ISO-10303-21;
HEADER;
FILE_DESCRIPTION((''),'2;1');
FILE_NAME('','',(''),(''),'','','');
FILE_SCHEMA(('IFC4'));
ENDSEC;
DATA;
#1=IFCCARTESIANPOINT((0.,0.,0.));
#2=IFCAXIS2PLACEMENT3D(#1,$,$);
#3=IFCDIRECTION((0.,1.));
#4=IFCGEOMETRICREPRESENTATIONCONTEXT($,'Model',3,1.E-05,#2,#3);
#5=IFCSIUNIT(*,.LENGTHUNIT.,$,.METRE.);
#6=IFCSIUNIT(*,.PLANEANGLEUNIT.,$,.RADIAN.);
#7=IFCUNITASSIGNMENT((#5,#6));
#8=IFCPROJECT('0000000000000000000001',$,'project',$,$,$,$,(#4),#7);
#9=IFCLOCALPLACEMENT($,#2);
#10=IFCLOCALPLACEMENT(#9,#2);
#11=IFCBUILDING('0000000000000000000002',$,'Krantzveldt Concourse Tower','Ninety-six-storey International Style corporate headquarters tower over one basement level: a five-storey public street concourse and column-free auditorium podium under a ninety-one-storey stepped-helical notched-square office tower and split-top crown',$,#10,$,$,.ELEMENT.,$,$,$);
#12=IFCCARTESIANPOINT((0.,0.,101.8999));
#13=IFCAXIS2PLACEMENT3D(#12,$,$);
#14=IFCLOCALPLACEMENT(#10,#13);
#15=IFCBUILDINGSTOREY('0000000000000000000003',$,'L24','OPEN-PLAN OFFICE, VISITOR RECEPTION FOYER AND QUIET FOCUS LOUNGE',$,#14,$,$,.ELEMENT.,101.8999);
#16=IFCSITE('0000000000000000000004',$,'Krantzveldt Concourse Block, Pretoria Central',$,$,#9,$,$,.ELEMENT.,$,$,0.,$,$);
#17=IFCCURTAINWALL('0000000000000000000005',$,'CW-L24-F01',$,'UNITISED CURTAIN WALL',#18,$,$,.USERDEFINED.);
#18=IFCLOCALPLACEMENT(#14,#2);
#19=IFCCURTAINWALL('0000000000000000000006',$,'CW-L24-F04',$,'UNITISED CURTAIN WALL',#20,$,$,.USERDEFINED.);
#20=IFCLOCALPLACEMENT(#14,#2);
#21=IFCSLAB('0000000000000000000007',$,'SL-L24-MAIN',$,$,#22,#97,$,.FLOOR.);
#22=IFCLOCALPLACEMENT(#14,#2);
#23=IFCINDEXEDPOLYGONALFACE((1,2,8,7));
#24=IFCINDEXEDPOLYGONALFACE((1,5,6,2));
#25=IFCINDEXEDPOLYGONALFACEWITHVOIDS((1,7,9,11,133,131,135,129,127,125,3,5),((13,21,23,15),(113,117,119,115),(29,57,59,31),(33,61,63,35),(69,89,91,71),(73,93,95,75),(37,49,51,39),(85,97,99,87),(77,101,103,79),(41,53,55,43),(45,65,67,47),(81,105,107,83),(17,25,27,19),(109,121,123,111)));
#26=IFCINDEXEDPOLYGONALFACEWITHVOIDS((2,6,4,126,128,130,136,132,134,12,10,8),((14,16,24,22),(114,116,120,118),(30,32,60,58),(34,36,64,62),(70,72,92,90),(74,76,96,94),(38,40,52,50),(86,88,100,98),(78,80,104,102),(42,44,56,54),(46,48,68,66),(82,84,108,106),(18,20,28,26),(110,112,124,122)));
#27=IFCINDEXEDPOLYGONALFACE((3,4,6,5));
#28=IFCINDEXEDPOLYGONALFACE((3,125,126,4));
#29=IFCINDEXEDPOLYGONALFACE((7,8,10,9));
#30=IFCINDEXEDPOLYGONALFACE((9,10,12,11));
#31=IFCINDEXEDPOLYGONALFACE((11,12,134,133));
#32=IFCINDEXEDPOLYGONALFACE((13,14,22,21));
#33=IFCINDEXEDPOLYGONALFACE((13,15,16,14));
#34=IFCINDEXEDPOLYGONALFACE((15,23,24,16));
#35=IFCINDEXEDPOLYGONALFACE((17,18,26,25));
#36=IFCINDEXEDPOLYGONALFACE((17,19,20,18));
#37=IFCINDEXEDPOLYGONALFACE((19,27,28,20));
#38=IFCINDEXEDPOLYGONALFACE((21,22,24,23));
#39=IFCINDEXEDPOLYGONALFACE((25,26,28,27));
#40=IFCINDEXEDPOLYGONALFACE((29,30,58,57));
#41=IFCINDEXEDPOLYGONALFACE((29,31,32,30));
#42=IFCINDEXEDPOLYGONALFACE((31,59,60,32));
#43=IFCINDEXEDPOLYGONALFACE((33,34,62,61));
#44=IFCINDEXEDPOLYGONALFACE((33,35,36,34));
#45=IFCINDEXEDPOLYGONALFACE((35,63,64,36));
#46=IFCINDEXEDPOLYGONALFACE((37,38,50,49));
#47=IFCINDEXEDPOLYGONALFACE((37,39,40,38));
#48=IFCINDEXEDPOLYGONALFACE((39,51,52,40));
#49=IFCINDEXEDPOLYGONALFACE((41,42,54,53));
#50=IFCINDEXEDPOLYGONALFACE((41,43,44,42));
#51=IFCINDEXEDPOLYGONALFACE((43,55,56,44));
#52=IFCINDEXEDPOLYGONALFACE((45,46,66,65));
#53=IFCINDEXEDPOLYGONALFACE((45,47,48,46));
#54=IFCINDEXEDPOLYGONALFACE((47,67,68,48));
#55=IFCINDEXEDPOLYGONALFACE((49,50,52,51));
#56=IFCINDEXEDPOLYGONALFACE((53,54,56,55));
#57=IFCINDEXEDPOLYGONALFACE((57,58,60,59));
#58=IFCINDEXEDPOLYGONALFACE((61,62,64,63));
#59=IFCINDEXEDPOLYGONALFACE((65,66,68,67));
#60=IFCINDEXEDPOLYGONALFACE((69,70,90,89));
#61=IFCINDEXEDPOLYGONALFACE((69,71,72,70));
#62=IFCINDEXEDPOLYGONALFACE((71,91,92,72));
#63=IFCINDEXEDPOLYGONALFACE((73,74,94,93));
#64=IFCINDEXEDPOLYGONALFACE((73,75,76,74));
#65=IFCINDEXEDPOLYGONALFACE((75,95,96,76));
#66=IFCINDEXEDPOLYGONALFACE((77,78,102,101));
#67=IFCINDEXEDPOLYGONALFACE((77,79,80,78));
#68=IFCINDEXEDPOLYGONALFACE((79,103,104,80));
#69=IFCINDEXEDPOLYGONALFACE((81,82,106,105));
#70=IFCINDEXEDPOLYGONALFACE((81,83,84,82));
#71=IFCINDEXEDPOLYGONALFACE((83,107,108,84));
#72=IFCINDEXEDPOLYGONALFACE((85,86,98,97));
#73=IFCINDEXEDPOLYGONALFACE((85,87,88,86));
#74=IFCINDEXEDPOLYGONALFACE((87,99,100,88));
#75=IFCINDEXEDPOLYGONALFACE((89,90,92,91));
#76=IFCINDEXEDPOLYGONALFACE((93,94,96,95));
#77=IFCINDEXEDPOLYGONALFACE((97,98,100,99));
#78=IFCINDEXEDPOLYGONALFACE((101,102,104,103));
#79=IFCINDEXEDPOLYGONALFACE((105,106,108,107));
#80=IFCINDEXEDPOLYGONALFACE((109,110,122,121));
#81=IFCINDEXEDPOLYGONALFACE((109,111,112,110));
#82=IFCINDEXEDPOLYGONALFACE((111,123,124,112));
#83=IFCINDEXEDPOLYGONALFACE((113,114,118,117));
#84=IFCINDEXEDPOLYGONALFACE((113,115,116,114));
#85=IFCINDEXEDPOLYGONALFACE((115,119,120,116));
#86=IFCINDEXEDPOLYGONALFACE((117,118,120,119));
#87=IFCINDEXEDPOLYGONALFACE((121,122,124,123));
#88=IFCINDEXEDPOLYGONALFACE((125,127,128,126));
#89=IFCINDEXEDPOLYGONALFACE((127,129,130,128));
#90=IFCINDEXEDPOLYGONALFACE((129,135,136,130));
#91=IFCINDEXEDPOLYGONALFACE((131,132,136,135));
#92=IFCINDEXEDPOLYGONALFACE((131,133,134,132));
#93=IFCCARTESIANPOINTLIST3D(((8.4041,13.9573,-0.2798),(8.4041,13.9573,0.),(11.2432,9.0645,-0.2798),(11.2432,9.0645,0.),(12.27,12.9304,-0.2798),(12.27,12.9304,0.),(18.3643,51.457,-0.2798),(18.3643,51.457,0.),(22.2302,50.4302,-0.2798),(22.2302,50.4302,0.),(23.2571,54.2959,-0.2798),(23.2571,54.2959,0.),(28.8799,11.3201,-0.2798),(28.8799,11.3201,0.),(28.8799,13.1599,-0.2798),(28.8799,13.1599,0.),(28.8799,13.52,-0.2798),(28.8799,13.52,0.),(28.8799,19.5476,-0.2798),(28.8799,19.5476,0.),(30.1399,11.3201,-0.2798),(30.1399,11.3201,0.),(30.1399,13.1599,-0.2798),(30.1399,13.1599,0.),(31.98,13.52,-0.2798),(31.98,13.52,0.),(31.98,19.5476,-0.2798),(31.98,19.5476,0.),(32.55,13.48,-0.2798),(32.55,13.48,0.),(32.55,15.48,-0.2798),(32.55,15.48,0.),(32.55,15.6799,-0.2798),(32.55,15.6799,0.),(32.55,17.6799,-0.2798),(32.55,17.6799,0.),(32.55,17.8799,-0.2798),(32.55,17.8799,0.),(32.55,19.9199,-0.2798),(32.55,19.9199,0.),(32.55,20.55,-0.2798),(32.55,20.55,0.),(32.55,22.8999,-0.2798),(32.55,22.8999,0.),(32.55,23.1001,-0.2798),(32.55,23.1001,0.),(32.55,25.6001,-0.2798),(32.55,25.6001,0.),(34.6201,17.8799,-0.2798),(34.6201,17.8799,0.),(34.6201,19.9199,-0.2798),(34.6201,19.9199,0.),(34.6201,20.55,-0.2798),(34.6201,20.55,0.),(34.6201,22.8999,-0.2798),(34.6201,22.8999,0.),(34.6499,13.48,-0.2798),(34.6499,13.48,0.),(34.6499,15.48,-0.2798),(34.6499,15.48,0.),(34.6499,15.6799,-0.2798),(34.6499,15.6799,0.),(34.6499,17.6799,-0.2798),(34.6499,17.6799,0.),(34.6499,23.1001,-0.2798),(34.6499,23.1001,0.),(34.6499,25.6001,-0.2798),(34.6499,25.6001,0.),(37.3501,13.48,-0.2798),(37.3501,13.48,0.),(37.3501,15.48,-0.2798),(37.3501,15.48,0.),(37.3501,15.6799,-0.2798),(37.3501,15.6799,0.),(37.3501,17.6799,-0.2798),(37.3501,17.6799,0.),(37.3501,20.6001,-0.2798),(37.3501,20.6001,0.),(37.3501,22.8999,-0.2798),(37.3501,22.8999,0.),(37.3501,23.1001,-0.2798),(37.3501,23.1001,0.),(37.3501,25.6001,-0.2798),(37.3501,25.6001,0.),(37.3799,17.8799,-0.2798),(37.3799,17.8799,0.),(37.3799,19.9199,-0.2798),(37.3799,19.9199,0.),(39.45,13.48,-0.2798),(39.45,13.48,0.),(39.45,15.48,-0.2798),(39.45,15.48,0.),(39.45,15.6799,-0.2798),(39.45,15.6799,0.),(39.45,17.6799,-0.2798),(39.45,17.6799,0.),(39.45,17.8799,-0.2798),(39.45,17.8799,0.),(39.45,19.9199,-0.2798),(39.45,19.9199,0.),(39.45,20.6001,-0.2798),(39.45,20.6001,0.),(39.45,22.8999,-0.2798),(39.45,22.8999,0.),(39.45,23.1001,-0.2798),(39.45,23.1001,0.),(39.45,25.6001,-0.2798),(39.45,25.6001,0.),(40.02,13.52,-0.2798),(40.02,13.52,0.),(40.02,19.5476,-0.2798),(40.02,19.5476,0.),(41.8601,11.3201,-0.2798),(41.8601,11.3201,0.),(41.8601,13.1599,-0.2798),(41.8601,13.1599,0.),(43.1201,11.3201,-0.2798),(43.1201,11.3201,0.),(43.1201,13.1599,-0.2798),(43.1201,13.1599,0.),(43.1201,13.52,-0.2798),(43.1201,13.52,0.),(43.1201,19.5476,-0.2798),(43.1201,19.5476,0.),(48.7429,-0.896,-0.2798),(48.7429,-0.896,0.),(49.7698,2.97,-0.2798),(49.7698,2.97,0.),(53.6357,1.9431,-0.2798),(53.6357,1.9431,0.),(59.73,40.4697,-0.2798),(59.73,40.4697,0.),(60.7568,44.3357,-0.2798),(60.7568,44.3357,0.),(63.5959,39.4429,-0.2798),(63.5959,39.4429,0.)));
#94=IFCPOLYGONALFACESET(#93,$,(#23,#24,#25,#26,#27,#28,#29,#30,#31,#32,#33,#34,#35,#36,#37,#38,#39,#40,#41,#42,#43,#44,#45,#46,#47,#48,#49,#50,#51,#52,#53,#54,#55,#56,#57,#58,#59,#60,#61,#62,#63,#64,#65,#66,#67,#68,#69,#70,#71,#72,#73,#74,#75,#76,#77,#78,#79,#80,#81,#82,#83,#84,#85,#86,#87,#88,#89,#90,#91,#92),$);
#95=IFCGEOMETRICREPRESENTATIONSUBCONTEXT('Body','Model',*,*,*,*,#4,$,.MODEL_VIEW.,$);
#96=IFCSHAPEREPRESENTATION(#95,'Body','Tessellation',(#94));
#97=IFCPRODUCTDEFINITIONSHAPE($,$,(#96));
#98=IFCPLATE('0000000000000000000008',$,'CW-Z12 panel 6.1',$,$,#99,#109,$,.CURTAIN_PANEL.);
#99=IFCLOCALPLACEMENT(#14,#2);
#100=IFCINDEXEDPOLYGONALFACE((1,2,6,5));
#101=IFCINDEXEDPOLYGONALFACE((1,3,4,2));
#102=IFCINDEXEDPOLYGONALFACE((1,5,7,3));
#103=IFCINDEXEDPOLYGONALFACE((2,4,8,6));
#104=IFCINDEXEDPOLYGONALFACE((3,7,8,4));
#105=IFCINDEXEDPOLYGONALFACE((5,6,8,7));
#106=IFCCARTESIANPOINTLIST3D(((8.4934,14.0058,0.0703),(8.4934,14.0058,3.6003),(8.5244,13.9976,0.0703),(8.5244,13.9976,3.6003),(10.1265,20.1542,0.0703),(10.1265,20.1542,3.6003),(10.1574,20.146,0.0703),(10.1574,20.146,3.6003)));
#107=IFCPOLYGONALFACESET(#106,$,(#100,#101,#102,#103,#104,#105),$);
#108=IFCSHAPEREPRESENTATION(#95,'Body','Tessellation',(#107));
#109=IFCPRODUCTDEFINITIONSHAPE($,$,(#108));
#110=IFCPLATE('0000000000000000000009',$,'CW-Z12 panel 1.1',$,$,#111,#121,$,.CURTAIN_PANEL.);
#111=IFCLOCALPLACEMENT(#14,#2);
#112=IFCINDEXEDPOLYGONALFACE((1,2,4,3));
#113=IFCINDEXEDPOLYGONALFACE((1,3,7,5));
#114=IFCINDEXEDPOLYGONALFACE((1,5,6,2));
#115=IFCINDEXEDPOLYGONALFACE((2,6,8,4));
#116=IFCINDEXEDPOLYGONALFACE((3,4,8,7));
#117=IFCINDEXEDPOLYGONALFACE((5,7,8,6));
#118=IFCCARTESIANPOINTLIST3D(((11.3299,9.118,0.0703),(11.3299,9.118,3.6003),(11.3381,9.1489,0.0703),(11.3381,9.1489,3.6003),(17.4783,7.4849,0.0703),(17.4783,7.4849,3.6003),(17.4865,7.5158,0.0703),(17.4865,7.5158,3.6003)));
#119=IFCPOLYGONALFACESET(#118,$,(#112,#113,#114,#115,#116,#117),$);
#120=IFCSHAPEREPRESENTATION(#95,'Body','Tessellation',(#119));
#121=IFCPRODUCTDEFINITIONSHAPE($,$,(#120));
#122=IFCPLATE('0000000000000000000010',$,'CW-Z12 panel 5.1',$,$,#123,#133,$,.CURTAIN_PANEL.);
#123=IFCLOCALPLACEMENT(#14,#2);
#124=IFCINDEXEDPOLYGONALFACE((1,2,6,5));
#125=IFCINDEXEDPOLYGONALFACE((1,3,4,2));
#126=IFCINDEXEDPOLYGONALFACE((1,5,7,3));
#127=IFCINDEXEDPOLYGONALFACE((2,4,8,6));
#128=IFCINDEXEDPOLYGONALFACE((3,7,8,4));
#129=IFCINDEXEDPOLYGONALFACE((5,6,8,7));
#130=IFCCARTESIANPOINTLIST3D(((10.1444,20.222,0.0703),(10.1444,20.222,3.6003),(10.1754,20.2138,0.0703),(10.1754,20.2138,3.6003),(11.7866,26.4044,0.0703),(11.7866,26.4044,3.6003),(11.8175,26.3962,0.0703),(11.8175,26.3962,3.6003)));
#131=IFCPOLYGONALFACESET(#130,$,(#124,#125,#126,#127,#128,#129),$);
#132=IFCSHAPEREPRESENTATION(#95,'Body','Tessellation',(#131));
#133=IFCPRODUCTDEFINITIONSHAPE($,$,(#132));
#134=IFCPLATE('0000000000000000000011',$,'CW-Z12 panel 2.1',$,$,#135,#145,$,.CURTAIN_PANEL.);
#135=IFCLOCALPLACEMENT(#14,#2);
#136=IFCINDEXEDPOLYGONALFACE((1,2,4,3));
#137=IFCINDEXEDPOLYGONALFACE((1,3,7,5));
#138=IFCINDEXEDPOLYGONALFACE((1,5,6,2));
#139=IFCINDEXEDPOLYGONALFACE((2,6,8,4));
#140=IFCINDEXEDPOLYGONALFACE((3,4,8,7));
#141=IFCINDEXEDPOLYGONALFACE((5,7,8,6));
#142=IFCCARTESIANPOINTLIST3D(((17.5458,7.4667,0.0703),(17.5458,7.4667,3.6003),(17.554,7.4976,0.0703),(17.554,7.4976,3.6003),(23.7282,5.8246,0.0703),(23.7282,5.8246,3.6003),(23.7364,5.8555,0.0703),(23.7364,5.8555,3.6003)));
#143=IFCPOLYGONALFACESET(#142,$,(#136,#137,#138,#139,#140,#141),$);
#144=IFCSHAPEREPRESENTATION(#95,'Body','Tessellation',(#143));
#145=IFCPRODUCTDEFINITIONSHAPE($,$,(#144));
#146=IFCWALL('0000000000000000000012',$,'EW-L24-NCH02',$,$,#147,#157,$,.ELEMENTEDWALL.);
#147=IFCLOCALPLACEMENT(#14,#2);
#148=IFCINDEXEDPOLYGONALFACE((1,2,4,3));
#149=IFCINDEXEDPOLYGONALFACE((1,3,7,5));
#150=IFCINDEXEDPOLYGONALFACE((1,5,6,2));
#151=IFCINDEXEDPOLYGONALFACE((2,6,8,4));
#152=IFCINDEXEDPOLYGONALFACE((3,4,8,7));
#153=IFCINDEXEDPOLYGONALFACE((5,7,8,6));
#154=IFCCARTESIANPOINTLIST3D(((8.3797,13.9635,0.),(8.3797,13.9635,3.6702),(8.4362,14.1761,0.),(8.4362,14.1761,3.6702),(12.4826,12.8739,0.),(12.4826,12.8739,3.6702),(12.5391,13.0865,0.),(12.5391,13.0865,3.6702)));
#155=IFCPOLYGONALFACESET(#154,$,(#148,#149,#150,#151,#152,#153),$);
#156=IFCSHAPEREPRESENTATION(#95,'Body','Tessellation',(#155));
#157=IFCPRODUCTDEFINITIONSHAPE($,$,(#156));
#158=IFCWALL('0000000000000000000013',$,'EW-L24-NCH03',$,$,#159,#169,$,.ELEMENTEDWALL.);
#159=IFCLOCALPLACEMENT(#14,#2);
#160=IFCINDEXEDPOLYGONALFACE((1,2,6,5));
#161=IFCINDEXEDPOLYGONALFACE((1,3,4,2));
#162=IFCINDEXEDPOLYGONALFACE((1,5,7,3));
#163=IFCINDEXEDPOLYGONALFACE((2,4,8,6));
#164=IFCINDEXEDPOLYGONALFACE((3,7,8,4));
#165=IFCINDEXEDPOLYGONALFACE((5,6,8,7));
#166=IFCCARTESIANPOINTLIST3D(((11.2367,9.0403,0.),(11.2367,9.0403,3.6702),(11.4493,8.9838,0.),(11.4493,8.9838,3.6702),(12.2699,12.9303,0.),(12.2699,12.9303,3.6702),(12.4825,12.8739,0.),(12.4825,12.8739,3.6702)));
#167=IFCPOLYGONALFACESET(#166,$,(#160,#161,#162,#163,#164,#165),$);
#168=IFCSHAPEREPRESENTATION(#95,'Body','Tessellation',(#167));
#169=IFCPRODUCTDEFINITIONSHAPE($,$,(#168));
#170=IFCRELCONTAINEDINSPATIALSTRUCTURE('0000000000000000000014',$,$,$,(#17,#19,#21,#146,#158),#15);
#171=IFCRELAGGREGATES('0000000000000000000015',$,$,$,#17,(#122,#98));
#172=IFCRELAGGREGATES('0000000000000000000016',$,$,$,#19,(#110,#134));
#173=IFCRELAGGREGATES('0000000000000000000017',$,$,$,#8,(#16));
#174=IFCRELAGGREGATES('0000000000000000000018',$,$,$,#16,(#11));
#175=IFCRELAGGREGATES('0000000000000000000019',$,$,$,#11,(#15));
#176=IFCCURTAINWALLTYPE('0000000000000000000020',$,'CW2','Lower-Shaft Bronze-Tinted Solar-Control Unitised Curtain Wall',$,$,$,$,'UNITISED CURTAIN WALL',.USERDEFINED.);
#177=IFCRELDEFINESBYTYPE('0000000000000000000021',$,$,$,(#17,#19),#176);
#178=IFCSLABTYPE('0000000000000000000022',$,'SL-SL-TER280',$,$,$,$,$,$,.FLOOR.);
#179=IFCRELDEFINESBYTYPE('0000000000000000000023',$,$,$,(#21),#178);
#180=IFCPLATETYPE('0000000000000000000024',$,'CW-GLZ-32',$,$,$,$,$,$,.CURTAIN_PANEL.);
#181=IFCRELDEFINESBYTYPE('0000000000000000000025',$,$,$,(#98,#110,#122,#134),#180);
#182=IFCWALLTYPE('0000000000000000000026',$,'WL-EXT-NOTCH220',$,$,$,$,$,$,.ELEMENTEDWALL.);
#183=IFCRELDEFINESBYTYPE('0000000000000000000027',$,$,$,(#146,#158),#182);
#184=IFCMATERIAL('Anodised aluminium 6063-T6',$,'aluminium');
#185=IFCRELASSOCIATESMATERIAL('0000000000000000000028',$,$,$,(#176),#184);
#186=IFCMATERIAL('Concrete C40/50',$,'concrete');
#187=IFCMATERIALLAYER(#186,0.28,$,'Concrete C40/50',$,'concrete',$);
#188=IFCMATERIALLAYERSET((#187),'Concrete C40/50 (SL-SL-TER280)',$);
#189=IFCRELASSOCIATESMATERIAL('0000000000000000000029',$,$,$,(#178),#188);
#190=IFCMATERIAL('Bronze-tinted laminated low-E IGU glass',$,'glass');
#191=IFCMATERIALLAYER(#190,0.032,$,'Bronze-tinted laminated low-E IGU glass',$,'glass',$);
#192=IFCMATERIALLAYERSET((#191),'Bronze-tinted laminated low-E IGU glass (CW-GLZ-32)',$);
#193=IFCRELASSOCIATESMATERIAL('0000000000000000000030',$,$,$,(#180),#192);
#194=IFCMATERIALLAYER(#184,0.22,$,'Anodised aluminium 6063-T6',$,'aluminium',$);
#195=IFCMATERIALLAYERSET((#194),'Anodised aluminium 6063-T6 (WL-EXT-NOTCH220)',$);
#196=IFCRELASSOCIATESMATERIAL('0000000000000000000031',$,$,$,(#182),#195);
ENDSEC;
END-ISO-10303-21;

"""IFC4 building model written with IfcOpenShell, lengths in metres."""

from ifc_helpers import new_model, si_unit, direction, frame, frame_2d, origin, origin_2d, place, context, subcontext, project, spatial, polyline, rectangle, outline, extrude, source, transform, mapped, material, layer, layer_set, type_object, type_shapes, element, aggregate, save


model = new_model("IFC4")

# Units and contexts
model_context = context("Model", 3, precision=1e-05, world=origin(), true_north=direction((0.0, 1.0)))
body_context = subcontext(model_context, "Body", "Model", "MODEL_VIEW")
ifc_project = project(units=[si_unit("LENGTHUNIT", "METRE"), si_unit("PLANEANGLEUNIT", "RADIAN")], contexts=[model_context])

# Site, building, storey
site_placement = place(None, origin())
site = spatial("IfcSite", under=ifc_project, at=site_placement, Name="Krantzveldt Concourse Block, Pretoria Central", CompositionType="ELEMENT", RefElevation=0.0)
building_placement = place(site_placement, origin())
building = spatial("IfcBuilding", under=site, at=building_placement, Name="Krantzveldt Concourse Tower", Description="Ninety-six-storey International Style corporate headquarters tower over one basement level: a five-storey public street concourse and column-free auditorium podium under a ninety-one-storey stepped-helical notched-square office tower and split-top crown", CompositionType="ELEMENT")
storey_placement = place(building_placement, frame((0.0, 0.0, 101.8999)))
storey = spatial("IfcBuildingStorey", under=building, at=storey_placement, Name="L24", Description="OPEN-PLAN OFFICE, VISITOR RECEPTION FOYER AND QUIET FOCUS LOUNGE", CompositionType="ELEMENT", Elevation=101.8999)

# Curtain walls
ifc_material_1 = material(Name="Anodised aluminium 6063-T6", Category="aluminium")
curtain_wall_type = type_object("IfcCurtainWallType", Name="CW2", Description="Lower-Shaft Bronze-Tinted Solar-Control Unitised Curtain Wall", ElementType="UNITISED CURTAIN WALL", PredefinedType="USERDEFINED", material=ifc_material_1)
curtain_wall_1_placement = place(storey_placement, origin())
curtain_wall_1 = element("IfcCurtainWall", 1, at=curtain_wall_1_placement, inside=storey, type_object=curtain_wall_type, Name="CW-L24-F01", ObjectType="UNITISED CURTAIN WALL", PredefinedType="USERDEFINED")
curtain_wall_2_placement = place(storey_placement, origin())
curtain_wall_2 = element("IfcCurtainWall", 2, at=curtain_wall_2_placement, inside=storey, type_object=curtain_wall_type, Name="CW-L24-F04", ObjectType="UNITISED CURTAIN WALL", PredefinedType="USERDEFINED")

# Slab
ifc_material_2 = material(Name="Concrete C40/50", Category="concrete")
ifc_layer_1 = layer(ifc_material_2, 0.28, Name="Concrete C40/50", Category="concrete")
ifc_layer_set_1 = layer_set([ifc_layer_1], Name="Concrete C40/50 (SL-SL-TER280)")
slab_type_1 = type_object("IfcSlabType", Name="SL-SL-TER280", PredefinedType="FLOOR", material=ifc_layer_set_1)
slab_1_placement = place(storey_placement, frame((0.0, 0.0, -0.2798)))
element("IfcSlab", 3, at=slab_1_placement, inside=storey, type_object=slab_type_1, Name="SL-L24-MAIN", PredefinedType="FLOOR", context=body_context, shape_type="SweptSolid", body=[
    extrude(outline(polyline([(22.2302, 50.4302), (18.3643, 51.457), (8.4041, 13.9573), (12.27, 12.9304), (11.2432, 9.0645), (48.7429, -0.896), (49.7698, 2.97), (53.6357, 1.9431), (63.5959, 39.4429), (59.73, 40.4697), (60.7568, 44.3357), (23.2571, 54.2959), (22.2302, 50.4302)]), holes=[polyline([(28.8799, 19.5476), (28.8799, 13.52), (31.98, 13.52), (31.98, 19.5476), (28.8799, 19.5476)]), polyline([(40.02, 19.5476), (40.02, 13.52), (43.1201, 13.52), (43.1201, 19.5476), (40.02, 19.5476)]), polyline([(32.55, 23.1001), (34.6499, 23.1001), (34.6499, 25.6001), (32.55, 25.6001), (32.55, 23.1001)]), polyline([(37.3501, 23.1001), (39.45, 23.1001), (39.45, 25.6001), (37.3501, 25.6001), (37.3501, 23.1001)]), polyline([(37.3501, 20.6001), (39.45, 20.6001), (39.45, 22.8999), (37.3501, 22.8999), (37.3501, 20.6001)]), polyline([(32.55, 13.48), (34.6499, 13.48), (34.6499, 15.48), (32.55, 15.48), (32.55, 13.48)]), polyline([(32.55, 15.6799), (34.6499, 15.6799), (34.6499, 17.6799), (32.55, 17.6799), (32.55, 15.6799)]), polyline([(37.3501, 13.48), (39.45, 13.48), (39.45, 15.48), (37.3501, 15.48), (37.3501, 13.48)]), polyline([(37.3501, 15.6799), (39.45, 15.6799), (39.45, 17.6799), (37.3501, 17.6799), (37.3501, 15.6799)]), polyline([(32.55, 20.55), (34.6201, 20.55), (34.6201, 22.8999), (32.55, 22.8999), (32.55, 20.55)]), polyline([(32.55, 17.8799), (34.6201, 17.8799), (34.6201, 19.9199), (32.55, 19.9199), (32.55, 17.8799)]), polyline([(37.3799, 17.8799), (39.45, 17.8799), (39.45, 19.9199), (37.3799, 19.9199), (37.3799, 17.8799)]), polyline([(28.8799, 11.3201), (30.1399, 11.3201), (30.1399, 13.1599), (28.8799, 13.1599), (28.8799, 11.3201)]), polyline([(41.8601, 11.3201), (43.1201, 11.3201), (43.1201, 13.1599), (41.8601, 13.1599), (41.8601, 11.3201)])]), origin(), (0.0, 0.0, 1.0), 0.2798),
])

# Plates
ifc_material_3 = material(Name="Bronze-tinted laminated low-E IGU glass", Category="glass")
ifc_layer_2 = layer(ifc_material_3, 0.032, Name="Bronze-tinted laminated low-E IGU glass", Category="glass")
ifc_layer_set_2 = layer_set([ifc_layer_2], Name="Bronze-tinted laminated low-E IGU glass (CW-GLZ-32)")
plate_type = type_object("IfcPlateType", Name="CW-GLZ-32", PredefinedType="CURTAIN_PANEL", material=ifc_layer_set_2)
shared_shape_1 = source(origin(), body_context, "Body", "SweptSolid", [
    extrude(rectangle(XDim=6.3616, YDim=0.032, at=origin_2d()), origin(), (0.0, 0.0, 1.0), 3.53),
])
plate_1_placement = place(storey_placement, frame((9.3254, 17.0759, 0.0703), z_axis=(0.0, 0.0, 1.0), x_axis=(-0.256711, -0.966488, 0.0)))
plate_1 = element("IfcPlate", 4, at=plate_1_placement, type_object=plate_type, Name="CW-Z12 panel 6.1", PredefinedType="CURTAIN_PANEL", context=body_context, shape_type="MappedRepresentation", body=[
    mapped(shared_shape_1, transform((0.0, 0.0, 0.0), x_axis=(1.0, 0.0, 0.0), y_axis=(0.0, 1.0, 0.0), z_axis=(0.0, 0.0, 1.0), scale=1.0)),
])
plate_2_placement = place(storey_placement, frame((14.4082, 8.3169, 0.0703), z_axis=(0.0, 0.0, 1.0), x_axis=(0.966488, -0.256711, 0.0)))
plate_2 = element("IfcPlate", 5, at=plate_2_placement, type_object=plate_type, Name="CW-Z12 panel 1.1", PredefinedType="CURTAIN_PANEL", context=body_context, shape_type="MappedRepresentation", body=[
    mapped(shared_shape_1, transform((0.0, 0.0, 0.0), x_axis=(1.0, 0.0, 0.0), y_axis=(0.0, 1.0, 0.0), z_axis=(0.0, 0.0, 1.0), scale=1.0)),
])
shared_shape_2 = source(origin(), body_context, "Body", "SweptSolid", [
    extrude(rectangle(XDim=6.3967, YDim=0.032, at=origin_2d()), origin(), (0.0, 0.0, 1.0), 3.53),
])
type_shapes(plate_type, [shared_shape_1, shared_shape_2])
plate_3_placement = place(storey_placement, frame((10.981, 23.3091, 0.0703), z_axis=(0.0, 0.0, 1.0), x_axis=(-0.256711, -0.966488, 0.0)))
plate_3 = element("IfcPlate", 6, at=plate_3_placement, type_object=plate_type, Name="CW-Z12 panel 5.1", PredefinedType="CURTAIN_PANEL", context=body_context, shape_type="MappedRepresentation", body=[
    mapped(shared_shape_2, transform((0.0, 0.0, 0.0), x_axis=(1.0, 0.0, 0.0), y_axis=(0.0, 1.0, 0.0), z_axis=(0.0, 0.0, 1.0), scale=1.0)),
])
aggregate(curtain_wall_1, [plate_3, plate_1])
plate_4_placement = place(storey_placement, frame((20.6411, 6.6611, 0.0703), z_axis=(0.0, 0.0, 1.0), x_axis=(0.966488, -0.256711, 0.0)))
plate_4 = element("IfcPlate", 7, at=plate_4_placement, type_object=plate_type, Name="CW-Z12 panel 2.1", PredefinedType="CURTAIN_PANEL", context=body_context, shape_type="MappedRepresentation", body=[
    mapped(shared_shape_2, transform((0.0, 0.0, 0.0), x_axis=(1.0, 0.0, 0.0), y_axis=(0.0, 1.0, 0.0), z_axis=(0.0, 0.0, 1.0), scale=1.0)),
])
aggregate(curtain_wall_2, [plate_2, plate_4])

# Walls
ifc_layer_3 = layer(ifc_material_1, 0.22, Name="Anodised aluminium 6063-T6", Category="aluminium")
ifc_layer_set_3 = layer_set([ifc_layer_3], Name="Anodised aluminium 6063-T6 (WL-EXT-NOTCH220)")
wall_type = type_object("IfcWallType", Name="WL-EXT-NOTCH220", PredefinedType="ELEMENTEDWALL", material=ifc_layer_set_3)
wall_1_placement = place(storey_placement, frame((8.408, 14.0698, 0.0), z_axis=(0.0, 0.0, 1.0), x_axis=(0.966497, -0.256678, 0.0)))
element("IfcWall", 8, at=wall_1_placement, inside=storey, type_object=wall_type, Name="EW-L24-NCH02", PredefinedType="ELEMENTEDWALL", context=body_context, shape_type="SweptSolid", body=[
    extrude(rectangle(XDim=4.2451, YDim=0.22, at=frame_2d((2.1226, 0.0))), origin(), (0.0, 0.0, 1.0), 3.6702),
])
wall_2_placement = place(storey_placement, frame((12.3762, 12.9021, 0.0), z_axis=(0.0, 0.0, 1.0), x_axis=(-0.256696, -0.966492, 0.0)))
element("IfcWall", 9, at=wall_2_placement, inside=storey, type_object=wall_type, Name="EW-L24-NCH03", PredefinedType="ELEMENTEDWALL", context=body_context, shape_type="SweptSolid", body=[
    extrude(rectangle(XDim=4.0249, YDim=0.22, at=frame_2d((2.0125, 0.0))), origin(), (0.0, 0.0, 1.0), 3.6702),
])

save(model, "model.ifc")
